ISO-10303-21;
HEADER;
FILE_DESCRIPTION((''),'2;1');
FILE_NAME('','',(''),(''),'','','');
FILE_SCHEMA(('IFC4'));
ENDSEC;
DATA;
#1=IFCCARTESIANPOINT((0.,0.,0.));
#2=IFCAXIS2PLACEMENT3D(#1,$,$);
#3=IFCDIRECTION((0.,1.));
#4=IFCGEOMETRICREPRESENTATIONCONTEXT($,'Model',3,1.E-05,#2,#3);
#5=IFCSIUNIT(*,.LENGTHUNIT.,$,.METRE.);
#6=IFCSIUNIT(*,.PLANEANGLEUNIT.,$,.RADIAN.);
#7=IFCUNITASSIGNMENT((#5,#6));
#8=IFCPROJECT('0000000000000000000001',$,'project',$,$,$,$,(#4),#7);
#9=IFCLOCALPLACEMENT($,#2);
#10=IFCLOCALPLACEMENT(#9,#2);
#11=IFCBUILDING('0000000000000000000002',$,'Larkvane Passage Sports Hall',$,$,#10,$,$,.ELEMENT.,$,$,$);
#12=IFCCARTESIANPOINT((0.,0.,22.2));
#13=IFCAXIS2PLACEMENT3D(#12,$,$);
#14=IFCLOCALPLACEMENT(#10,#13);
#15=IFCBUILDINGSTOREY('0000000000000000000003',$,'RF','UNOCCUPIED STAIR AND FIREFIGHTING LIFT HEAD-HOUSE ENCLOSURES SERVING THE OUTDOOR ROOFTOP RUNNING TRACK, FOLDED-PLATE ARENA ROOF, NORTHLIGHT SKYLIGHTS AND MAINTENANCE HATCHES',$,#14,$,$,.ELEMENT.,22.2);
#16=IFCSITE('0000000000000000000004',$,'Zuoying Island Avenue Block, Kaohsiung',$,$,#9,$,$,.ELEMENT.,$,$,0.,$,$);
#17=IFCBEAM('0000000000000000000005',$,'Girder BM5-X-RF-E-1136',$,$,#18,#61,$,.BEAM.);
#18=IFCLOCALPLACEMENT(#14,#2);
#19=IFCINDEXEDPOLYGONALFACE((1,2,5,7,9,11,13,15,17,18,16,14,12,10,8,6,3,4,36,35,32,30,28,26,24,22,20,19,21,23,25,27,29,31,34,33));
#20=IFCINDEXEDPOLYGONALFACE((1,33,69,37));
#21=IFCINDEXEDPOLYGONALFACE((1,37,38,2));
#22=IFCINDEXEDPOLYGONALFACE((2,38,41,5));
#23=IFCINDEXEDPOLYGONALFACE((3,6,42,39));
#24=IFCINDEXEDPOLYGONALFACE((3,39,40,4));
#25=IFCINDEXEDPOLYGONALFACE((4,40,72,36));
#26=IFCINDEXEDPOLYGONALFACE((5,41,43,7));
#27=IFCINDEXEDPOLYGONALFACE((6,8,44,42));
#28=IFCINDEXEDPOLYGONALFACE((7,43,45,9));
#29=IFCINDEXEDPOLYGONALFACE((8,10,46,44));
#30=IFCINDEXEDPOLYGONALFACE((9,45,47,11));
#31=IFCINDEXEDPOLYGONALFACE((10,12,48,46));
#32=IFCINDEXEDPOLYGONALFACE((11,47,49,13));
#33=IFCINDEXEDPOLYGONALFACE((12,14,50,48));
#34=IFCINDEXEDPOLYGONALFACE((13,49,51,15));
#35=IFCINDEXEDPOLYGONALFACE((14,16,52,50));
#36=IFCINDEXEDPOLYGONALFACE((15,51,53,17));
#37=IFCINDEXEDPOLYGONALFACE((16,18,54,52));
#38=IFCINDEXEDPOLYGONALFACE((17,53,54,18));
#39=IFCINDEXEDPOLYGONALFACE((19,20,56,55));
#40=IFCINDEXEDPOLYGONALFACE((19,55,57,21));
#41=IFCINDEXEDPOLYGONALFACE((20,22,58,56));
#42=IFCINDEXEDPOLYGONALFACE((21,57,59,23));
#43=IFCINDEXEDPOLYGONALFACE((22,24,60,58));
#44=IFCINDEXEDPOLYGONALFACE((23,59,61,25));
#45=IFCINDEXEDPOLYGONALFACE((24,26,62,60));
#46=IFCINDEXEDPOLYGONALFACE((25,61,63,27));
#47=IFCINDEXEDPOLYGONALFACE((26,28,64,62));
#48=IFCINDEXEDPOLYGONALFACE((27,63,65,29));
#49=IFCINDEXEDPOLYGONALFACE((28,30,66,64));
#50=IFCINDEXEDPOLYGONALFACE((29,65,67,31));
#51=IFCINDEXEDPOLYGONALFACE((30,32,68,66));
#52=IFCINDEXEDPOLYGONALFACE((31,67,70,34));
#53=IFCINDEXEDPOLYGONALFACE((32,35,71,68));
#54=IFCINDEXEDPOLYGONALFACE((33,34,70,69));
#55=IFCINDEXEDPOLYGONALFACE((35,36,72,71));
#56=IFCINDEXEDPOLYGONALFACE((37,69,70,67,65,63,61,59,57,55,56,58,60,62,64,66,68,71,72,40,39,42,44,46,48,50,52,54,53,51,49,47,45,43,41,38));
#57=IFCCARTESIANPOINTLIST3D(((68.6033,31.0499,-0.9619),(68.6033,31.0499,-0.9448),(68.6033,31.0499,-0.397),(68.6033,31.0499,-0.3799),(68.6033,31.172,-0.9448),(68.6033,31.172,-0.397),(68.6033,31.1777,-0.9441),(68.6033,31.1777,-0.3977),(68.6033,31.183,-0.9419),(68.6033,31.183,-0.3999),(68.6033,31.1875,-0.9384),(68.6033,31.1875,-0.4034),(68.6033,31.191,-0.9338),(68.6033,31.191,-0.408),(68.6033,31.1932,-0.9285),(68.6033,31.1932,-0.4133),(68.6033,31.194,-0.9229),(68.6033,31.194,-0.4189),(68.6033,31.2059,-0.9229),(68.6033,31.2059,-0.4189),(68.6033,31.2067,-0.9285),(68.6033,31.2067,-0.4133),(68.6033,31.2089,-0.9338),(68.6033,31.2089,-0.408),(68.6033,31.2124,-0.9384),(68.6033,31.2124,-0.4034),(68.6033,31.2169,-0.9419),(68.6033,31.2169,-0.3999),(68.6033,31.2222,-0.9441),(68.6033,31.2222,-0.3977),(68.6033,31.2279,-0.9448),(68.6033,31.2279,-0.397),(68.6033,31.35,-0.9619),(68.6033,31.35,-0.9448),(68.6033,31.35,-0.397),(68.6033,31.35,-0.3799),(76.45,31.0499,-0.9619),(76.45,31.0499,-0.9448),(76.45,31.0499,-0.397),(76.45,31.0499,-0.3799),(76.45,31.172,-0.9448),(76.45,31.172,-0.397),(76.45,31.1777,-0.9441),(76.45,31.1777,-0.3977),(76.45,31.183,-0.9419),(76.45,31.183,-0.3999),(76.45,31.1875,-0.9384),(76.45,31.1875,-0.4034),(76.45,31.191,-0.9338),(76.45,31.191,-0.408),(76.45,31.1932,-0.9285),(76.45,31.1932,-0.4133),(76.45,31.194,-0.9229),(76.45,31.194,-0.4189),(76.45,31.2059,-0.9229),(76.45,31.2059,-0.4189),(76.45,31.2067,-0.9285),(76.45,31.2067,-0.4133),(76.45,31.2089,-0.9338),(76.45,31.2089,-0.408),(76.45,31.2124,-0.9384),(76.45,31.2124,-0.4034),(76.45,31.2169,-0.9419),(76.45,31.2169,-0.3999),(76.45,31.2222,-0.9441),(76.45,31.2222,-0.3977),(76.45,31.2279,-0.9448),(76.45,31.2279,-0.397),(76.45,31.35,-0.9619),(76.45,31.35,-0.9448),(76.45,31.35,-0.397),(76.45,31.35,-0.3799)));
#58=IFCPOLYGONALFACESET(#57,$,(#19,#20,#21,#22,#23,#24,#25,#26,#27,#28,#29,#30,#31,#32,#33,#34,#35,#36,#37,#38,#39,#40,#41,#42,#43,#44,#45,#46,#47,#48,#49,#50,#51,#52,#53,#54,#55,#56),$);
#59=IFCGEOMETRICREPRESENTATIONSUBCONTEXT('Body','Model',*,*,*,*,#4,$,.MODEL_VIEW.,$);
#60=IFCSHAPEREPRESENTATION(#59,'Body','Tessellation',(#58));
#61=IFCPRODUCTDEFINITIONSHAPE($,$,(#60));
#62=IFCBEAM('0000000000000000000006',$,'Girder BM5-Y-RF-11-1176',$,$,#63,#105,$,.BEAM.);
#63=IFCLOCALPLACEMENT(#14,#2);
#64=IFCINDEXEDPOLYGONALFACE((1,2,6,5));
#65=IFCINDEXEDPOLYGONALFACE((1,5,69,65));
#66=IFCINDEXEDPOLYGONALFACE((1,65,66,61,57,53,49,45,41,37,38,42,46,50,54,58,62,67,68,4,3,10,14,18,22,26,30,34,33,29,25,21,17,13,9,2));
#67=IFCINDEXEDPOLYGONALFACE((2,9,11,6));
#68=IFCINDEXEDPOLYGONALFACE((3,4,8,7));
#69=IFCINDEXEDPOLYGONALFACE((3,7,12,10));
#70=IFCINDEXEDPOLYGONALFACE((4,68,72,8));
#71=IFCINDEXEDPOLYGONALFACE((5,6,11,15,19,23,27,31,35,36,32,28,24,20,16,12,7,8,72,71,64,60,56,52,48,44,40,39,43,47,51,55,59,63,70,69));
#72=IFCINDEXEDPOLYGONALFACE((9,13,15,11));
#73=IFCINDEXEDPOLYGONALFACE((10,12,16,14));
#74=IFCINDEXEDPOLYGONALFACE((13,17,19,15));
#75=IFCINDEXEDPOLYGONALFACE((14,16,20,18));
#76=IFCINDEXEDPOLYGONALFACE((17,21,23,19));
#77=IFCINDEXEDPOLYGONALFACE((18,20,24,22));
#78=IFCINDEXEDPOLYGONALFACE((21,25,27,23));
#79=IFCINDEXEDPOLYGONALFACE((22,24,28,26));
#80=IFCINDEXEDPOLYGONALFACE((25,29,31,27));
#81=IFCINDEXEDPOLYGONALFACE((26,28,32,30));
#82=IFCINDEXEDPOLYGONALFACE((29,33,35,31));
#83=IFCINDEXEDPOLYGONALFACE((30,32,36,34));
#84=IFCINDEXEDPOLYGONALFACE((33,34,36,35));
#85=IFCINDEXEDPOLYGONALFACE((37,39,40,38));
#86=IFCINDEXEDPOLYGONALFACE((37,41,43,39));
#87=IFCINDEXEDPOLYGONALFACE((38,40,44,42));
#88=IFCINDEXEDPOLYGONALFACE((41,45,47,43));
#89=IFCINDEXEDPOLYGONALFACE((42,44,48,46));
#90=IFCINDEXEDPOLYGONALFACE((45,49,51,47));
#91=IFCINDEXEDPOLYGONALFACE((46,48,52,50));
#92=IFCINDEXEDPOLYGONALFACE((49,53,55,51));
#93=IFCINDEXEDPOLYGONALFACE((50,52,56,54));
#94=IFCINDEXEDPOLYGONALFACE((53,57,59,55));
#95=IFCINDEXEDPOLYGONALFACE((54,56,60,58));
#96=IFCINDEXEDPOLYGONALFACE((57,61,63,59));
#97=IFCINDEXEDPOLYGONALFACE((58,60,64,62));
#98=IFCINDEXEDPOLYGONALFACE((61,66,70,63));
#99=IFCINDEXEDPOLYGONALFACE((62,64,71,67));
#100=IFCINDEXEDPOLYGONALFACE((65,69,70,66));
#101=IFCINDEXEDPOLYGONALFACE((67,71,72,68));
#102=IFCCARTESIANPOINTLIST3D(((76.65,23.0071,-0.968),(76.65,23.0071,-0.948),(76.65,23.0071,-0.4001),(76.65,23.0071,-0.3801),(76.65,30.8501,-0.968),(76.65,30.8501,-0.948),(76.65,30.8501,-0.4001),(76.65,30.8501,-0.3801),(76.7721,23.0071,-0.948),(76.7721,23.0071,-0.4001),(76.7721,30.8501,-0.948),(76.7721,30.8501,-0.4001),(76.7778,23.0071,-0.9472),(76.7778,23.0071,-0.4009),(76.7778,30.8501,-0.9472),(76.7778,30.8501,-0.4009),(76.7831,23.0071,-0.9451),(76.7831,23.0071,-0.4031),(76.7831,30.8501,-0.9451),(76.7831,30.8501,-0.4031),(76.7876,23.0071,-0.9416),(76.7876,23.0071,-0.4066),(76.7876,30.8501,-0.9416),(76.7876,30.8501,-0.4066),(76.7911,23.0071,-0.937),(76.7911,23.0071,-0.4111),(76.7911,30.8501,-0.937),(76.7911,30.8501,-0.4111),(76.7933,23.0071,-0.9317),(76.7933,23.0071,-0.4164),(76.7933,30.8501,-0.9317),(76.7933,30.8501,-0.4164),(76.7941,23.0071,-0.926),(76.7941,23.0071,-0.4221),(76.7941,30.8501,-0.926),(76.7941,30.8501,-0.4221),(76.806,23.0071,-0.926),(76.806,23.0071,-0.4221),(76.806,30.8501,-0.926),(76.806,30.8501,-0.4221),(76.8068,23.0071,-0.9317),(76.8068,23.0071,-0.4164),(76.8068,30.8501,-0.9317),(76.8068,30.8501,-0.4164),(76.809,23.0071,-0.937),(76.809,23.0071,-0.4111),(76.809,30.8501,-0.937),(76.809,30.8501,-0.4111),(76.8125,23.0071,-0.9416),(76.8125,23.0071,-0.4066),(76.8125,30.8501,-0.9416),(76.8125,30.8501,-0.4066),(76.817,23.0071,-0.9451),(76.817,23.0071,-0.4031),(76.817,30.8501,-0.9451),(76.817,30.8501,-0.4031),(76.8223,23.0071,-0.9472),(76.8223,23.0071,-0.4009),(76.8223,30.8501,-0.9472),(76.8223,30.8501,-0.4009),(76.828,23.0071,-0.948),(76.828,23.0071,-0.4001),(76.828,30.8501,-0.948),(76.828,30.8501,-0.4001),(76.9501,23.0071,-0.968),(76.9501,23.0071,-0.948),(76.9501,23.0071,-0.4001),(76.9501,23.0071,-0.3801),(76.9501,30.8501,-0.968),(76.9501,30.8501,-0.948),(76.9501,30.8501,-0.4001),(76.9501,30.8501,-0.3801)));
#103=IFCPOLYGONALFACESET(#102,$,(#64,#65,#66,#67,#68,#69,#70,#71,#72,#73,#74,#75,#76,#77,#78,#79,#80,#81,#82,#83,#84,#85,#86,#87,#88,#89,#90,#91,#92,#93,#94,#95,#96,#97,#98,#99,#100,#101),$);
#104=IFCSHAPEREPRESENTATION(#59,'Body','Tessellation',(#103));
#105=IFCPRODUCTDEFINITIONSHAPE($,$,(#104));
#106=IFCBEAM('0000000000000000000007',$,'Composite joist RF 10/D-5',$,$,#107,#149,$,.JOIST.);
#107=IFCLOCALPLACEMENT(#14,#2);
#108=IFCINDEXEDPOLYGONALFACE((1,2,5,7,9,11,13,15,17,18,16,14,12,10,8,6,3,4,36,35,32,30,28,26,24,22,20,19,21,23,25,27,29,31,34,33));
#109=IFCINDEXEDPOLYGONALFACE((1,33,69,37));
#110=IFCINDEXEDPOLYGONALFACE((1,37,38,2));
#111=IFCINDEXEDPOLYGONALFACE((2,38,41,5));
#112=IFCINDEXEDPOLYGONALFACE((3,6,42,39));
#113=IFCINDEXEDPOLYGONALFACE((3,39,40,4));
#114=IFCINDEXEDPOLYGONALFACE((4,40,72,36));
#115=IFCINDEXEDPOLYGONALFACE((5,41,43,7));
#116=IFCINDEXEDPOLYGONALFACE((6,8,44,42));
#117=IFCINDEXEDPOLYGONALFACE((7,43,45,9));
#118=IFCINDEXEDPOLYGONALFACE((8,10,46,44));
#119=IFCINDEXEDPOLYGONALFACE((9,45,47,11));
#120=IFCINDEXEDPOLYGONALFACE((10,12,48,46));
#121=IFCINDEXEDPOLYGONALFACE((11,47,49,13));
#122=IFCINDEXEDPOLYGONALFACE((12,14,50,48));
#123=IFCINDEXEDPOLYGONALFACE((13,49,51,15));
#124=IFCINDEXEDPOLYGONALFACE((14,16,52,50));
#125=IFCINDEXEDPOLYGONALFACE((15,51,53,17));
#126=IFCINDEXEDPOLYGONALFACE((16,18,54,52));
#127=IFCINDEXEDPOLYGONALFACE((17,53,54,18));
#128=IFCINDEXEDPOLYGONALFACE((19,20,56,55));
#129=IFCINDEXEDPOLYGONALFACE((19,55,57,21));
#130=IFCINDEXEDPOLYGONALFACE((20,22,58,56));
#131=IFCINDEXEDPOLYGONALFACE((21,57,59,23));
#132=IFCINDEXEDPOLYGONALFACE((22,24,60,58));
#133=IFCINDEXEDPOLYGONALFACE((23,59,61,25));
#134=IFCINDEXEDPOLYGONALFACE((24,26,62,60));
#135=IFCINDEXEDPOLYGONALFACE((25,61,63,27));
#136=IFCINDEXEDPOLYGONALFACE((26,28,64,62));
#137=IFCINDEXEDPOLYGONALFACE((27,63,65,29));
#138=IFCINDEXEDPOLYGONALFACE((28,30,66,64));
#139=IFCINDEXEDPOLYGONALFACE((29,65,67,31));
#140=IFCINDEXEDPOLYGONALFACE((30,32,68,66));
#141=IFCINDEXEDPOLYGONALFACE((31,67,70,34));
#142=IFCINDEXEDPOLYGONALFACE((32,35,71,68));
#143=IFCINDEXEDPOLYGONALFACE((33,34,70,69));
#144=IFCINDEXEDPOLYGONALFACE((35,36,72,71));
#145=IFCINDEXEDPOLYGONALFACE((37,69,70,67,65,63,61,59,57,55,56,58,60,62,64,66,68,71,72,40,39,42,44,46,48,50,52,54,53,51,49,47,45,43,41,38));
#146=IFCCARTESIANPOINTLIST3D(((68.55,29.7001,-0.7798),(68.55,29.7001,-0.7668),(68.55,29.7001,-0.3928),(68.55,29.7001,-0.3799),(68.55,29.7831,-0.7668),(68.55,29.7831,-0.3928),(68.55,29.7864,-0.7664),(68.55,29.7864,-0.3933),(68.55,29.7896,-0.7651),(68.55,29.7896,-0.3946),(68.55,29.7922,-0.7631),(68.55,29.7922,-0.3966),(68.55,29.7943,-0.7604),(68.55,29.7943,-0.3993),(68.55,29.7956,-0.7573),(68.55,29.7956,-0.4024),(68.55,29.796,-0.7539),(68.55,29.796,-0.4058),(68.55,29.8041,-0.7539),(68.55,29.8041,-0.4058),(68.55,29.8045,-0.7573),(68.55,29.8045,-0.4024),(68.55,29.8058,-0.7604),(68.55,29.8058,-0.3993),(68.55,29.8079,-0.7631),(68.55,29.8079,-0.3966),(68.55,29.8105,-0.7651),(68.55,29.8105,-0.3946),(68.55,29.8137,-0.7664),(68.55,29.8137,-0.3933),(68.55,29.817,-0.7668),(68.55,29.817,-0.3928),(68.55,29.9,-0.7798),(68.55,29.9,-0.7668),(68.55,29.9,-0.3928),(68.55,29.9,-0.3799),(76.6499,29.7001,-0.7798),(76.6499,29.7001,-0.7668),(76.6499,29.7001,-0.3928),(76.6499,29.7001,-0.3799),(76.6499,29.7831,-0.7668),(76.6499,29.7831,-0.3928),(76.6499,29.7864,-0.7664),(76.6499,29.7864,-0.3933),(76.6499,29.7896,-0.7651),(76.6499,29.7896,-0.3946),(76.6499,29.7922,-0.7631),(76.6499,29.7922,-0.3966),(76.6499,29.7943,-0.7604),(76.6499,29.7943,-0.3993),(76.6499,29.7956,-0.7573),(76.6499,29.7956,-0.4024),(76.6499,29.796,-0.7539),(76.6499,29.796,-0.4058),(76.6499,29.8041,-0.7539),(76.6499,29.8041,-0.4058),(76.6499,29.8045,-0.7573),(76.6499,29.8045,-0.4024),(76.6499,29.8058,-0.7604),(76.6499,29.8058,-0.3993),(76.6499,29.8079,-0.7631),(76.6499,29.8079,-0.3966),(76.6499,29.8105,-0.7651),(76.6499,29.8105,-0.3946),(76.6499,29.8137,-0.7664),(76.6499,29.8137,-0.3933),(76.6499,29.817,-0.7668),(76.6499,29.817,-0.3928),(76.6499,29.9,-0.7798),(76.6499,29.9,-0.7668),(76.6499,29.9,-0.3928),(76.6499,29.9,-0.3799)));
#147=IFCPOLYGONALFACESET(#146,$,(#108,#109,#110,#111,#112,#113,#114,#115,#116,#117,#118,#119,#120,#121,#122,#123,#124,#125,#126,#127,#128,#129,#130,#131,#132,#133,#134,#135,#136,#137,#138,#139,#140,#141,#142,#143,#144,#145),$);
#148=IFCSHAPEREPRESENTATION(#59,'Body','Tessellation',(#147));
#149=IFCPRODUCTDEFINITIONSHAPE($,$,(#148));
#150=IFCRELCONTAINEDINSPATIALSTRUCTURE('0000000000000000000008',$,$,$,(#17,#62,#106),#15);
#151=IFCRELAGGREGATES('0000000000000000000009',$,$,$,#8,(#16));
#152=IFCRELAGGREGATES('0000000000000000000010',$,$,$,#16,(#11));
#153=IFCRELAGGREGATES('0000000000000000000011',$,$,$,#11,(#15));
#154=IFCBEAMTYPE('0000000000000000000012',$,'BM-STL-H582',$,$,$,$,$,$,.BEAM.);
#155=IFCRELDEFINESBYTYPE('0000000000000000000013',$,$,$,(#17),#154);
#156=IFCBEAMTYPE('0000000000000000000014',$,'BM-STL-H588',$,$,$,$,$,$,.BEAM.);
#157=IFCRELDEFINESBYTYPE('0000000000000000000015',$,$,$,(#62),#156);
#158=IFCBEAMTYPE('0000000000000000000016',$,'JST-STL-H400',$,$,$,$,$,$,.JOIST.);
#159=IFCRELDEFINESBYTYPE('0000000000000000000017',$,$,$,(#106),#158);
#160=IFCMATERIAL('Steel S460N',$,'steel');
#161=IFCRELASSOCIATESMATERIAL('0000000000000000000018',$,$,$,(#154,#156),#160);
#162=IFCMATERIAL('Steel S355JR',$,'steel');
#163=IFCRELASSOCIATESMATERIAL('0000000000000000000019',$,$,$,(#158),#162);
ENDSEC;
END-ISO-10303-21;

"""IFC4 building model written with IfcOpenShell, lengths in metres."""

from ifc_helpers import new_model, si_unit, direction, frame, origin, origin_2d, place, context, subcontext, project, spatial, i_section, extrude, material, material_profile, profile_set, type_object, element, save


model = new_model("IFC4")

# Units and contexts
model_context = context("Model", 3, precision=1e-05, world=origin(), true_north=direction((0.0, 1.0)))
body_context = subcontext(model_context, "Body", "Model", "MODEL_VIEW")
ifc_project = project(units=[si_unit("LENGTHUNIT", "METRE"), si_unit("PLANEANGLEUNIT", "RADIAN")], contexts=[model_context])

# Site, building, storey
site_placement = place(None, origin())
site = spatial("IfcSite", under=ifc_project, at=site_placement, Name="Zuoying Island Avenue Block, Kaohsiung", CompositionType="ELEMENT", RefElevation=0.0)
building_placement = place(site_placement, origin())
building = spatial("IfcBuilding", under=site, at=building_placement, Name="Larkvane Passage Sports Hall", CompositionType="ELEMENT")
storey_placement = place(building_placement, frame((0.0, 0.0, 22.2)))
storey = spatial("IfcBuildingStorey", under=building, at=storey_placement, Name="RF", Description="UNOCCUPIED STAIR AND FIREFIGHTING LIFT HEAD-HOUSE ENCLOSURES SERVING THE OUTDOOR ROOFTOP RUNNING TRACK, FOLDED-PLATE ARENA ROOF, NORTHLIGHT SKYLIGHTS AND MAINTENANCE HATCHES", CompositionType="ELEMENT", Elevation=22.2)

# Beams
ifc_material_1 = material(Name="Steel S460N", Category="steel")
ifc_material_profile_1 = material_profile(ifc_material_1, i_section(OverallWidth=0.3, OverallDepth=0.582, WebThickness=0.012, FlangeThickness=0.0171, FilletRadius=0.022, at=origin_2d()), Name="H-582x300x12x17")
ifc_profile_set_1 = profile_set([ifc_material_profile_1], Name="Steel S460N")
beam_type_1 = type_object("IfcBeamType", Name="BM-STL-H582", PredefinedType="BEAM", material=ifc_profile_set_1)
beam_1_placement = place(storey_placement, frame((68.6033, 31.2, -0.6709), z_axis=(1.0, 0.0, 0.0), x_axis=(0.0, 1.0, 0.0)))
element("IfcBeam", 1, at=beam_1_placement, inside=storey, type_object=beam_type_1, Name="Girder BM5-X-RF-E-1136", PredefinedType="BEAM", context=body_context, shape_type="SweptSolid", body=[
    extrude(i_section(OverallWidth=0.3, OverallDepth=0.582, WebThickness=0.012, FlangeThickness=0.0171, FilletRadius=0.022, at=origin_2d()), origin(), (0.0, 0.0, 1.0), 7.8467),
])
ifc_material_profile_2 = material_profile(ifc_material_1, i_section(OverallWidth=0.3, OverallDepth=0.5879, WebThickness=0.012, FlangeThickness=0.02, FilletRadius=0.022, at=origin_2d()), Name="H-588x300x12x20")
ifc_profile_set_2 = profile_set([ifc_material_profile_2], Name="Steel S460N")
beam_type_2 = type_object("IfcBeamType", Name="BM-STL-H588", PredefinedType="BEAM", material=ifc_profile_set_2)
beam_2_placement = place(storey_placement, frame((76.8, 23.0071, -0.6741), z_axis=(0.0, 1.0, 0.0), x_axis=(-1.0, 0.0, 0.0)))
element("IfcBeam", 2, at=beam_2_placement, inside=storey, type_object=beam_type_2, Name="Girder BM5-Y-RF-11-1176", PredefinedType="BEAM", context=body_context, shape_type="SweptSolid", body=[
    extrude(i_section(OverallWidth=0.3, OverallDepth=0.5879, WebThickness=0.012, FlangeThickness=0.02, FilletRadius=0.022, at=origin_2d()), origin(), (0.0, 0.0, 1.0), 7.843),
])
ifc_material_2 = material(Name="Steel S355JR", Category="steel")
ifc_material_profile_3 = material_profile(ifc_material_2, i_section(OverallWidth=0.2, OverallDepth=0.3999, WebThickness=0.0081, FlangeThickness=0.0129, FilletRadius=0.0129, at=origin_2d()), Name="H-400x200x8x13")
ifc_profile_set_3 = profile_set([ifc_material_profile_3], Name="Steel S355JR")
beam_type_3 = type_object("IfcBeamType", Name="JST-STL-H400", PredefinedType="JOIST", material=ifc_profile_set_3)
beam_3_placement = place(storey_placement, frame((68.55, 29.8, -0.5798), z_axis=(1.0, 0.0, 0.0), x_axis=(0.0, 1.0, 0.0)))
element("IfcBeam", 3, at=beam_3_placement, inside=storey, type_object=beam_type_3, Name="Composite joist RF 10/D-5", PredefinedType="JOIST", context=body_context, shape_type="SweptSolid", body=[
    extrude(i_section(OverallWidth=0.2, OverallDepth=0.3999, WebThickness=0.0081, FlangeThickness=0.0129, FilletRadius=0.0129, at=origin_2d()), origin(), (0.0, 0.0, 1.0), 8.0999),
])

save(model, "model.ifc")
